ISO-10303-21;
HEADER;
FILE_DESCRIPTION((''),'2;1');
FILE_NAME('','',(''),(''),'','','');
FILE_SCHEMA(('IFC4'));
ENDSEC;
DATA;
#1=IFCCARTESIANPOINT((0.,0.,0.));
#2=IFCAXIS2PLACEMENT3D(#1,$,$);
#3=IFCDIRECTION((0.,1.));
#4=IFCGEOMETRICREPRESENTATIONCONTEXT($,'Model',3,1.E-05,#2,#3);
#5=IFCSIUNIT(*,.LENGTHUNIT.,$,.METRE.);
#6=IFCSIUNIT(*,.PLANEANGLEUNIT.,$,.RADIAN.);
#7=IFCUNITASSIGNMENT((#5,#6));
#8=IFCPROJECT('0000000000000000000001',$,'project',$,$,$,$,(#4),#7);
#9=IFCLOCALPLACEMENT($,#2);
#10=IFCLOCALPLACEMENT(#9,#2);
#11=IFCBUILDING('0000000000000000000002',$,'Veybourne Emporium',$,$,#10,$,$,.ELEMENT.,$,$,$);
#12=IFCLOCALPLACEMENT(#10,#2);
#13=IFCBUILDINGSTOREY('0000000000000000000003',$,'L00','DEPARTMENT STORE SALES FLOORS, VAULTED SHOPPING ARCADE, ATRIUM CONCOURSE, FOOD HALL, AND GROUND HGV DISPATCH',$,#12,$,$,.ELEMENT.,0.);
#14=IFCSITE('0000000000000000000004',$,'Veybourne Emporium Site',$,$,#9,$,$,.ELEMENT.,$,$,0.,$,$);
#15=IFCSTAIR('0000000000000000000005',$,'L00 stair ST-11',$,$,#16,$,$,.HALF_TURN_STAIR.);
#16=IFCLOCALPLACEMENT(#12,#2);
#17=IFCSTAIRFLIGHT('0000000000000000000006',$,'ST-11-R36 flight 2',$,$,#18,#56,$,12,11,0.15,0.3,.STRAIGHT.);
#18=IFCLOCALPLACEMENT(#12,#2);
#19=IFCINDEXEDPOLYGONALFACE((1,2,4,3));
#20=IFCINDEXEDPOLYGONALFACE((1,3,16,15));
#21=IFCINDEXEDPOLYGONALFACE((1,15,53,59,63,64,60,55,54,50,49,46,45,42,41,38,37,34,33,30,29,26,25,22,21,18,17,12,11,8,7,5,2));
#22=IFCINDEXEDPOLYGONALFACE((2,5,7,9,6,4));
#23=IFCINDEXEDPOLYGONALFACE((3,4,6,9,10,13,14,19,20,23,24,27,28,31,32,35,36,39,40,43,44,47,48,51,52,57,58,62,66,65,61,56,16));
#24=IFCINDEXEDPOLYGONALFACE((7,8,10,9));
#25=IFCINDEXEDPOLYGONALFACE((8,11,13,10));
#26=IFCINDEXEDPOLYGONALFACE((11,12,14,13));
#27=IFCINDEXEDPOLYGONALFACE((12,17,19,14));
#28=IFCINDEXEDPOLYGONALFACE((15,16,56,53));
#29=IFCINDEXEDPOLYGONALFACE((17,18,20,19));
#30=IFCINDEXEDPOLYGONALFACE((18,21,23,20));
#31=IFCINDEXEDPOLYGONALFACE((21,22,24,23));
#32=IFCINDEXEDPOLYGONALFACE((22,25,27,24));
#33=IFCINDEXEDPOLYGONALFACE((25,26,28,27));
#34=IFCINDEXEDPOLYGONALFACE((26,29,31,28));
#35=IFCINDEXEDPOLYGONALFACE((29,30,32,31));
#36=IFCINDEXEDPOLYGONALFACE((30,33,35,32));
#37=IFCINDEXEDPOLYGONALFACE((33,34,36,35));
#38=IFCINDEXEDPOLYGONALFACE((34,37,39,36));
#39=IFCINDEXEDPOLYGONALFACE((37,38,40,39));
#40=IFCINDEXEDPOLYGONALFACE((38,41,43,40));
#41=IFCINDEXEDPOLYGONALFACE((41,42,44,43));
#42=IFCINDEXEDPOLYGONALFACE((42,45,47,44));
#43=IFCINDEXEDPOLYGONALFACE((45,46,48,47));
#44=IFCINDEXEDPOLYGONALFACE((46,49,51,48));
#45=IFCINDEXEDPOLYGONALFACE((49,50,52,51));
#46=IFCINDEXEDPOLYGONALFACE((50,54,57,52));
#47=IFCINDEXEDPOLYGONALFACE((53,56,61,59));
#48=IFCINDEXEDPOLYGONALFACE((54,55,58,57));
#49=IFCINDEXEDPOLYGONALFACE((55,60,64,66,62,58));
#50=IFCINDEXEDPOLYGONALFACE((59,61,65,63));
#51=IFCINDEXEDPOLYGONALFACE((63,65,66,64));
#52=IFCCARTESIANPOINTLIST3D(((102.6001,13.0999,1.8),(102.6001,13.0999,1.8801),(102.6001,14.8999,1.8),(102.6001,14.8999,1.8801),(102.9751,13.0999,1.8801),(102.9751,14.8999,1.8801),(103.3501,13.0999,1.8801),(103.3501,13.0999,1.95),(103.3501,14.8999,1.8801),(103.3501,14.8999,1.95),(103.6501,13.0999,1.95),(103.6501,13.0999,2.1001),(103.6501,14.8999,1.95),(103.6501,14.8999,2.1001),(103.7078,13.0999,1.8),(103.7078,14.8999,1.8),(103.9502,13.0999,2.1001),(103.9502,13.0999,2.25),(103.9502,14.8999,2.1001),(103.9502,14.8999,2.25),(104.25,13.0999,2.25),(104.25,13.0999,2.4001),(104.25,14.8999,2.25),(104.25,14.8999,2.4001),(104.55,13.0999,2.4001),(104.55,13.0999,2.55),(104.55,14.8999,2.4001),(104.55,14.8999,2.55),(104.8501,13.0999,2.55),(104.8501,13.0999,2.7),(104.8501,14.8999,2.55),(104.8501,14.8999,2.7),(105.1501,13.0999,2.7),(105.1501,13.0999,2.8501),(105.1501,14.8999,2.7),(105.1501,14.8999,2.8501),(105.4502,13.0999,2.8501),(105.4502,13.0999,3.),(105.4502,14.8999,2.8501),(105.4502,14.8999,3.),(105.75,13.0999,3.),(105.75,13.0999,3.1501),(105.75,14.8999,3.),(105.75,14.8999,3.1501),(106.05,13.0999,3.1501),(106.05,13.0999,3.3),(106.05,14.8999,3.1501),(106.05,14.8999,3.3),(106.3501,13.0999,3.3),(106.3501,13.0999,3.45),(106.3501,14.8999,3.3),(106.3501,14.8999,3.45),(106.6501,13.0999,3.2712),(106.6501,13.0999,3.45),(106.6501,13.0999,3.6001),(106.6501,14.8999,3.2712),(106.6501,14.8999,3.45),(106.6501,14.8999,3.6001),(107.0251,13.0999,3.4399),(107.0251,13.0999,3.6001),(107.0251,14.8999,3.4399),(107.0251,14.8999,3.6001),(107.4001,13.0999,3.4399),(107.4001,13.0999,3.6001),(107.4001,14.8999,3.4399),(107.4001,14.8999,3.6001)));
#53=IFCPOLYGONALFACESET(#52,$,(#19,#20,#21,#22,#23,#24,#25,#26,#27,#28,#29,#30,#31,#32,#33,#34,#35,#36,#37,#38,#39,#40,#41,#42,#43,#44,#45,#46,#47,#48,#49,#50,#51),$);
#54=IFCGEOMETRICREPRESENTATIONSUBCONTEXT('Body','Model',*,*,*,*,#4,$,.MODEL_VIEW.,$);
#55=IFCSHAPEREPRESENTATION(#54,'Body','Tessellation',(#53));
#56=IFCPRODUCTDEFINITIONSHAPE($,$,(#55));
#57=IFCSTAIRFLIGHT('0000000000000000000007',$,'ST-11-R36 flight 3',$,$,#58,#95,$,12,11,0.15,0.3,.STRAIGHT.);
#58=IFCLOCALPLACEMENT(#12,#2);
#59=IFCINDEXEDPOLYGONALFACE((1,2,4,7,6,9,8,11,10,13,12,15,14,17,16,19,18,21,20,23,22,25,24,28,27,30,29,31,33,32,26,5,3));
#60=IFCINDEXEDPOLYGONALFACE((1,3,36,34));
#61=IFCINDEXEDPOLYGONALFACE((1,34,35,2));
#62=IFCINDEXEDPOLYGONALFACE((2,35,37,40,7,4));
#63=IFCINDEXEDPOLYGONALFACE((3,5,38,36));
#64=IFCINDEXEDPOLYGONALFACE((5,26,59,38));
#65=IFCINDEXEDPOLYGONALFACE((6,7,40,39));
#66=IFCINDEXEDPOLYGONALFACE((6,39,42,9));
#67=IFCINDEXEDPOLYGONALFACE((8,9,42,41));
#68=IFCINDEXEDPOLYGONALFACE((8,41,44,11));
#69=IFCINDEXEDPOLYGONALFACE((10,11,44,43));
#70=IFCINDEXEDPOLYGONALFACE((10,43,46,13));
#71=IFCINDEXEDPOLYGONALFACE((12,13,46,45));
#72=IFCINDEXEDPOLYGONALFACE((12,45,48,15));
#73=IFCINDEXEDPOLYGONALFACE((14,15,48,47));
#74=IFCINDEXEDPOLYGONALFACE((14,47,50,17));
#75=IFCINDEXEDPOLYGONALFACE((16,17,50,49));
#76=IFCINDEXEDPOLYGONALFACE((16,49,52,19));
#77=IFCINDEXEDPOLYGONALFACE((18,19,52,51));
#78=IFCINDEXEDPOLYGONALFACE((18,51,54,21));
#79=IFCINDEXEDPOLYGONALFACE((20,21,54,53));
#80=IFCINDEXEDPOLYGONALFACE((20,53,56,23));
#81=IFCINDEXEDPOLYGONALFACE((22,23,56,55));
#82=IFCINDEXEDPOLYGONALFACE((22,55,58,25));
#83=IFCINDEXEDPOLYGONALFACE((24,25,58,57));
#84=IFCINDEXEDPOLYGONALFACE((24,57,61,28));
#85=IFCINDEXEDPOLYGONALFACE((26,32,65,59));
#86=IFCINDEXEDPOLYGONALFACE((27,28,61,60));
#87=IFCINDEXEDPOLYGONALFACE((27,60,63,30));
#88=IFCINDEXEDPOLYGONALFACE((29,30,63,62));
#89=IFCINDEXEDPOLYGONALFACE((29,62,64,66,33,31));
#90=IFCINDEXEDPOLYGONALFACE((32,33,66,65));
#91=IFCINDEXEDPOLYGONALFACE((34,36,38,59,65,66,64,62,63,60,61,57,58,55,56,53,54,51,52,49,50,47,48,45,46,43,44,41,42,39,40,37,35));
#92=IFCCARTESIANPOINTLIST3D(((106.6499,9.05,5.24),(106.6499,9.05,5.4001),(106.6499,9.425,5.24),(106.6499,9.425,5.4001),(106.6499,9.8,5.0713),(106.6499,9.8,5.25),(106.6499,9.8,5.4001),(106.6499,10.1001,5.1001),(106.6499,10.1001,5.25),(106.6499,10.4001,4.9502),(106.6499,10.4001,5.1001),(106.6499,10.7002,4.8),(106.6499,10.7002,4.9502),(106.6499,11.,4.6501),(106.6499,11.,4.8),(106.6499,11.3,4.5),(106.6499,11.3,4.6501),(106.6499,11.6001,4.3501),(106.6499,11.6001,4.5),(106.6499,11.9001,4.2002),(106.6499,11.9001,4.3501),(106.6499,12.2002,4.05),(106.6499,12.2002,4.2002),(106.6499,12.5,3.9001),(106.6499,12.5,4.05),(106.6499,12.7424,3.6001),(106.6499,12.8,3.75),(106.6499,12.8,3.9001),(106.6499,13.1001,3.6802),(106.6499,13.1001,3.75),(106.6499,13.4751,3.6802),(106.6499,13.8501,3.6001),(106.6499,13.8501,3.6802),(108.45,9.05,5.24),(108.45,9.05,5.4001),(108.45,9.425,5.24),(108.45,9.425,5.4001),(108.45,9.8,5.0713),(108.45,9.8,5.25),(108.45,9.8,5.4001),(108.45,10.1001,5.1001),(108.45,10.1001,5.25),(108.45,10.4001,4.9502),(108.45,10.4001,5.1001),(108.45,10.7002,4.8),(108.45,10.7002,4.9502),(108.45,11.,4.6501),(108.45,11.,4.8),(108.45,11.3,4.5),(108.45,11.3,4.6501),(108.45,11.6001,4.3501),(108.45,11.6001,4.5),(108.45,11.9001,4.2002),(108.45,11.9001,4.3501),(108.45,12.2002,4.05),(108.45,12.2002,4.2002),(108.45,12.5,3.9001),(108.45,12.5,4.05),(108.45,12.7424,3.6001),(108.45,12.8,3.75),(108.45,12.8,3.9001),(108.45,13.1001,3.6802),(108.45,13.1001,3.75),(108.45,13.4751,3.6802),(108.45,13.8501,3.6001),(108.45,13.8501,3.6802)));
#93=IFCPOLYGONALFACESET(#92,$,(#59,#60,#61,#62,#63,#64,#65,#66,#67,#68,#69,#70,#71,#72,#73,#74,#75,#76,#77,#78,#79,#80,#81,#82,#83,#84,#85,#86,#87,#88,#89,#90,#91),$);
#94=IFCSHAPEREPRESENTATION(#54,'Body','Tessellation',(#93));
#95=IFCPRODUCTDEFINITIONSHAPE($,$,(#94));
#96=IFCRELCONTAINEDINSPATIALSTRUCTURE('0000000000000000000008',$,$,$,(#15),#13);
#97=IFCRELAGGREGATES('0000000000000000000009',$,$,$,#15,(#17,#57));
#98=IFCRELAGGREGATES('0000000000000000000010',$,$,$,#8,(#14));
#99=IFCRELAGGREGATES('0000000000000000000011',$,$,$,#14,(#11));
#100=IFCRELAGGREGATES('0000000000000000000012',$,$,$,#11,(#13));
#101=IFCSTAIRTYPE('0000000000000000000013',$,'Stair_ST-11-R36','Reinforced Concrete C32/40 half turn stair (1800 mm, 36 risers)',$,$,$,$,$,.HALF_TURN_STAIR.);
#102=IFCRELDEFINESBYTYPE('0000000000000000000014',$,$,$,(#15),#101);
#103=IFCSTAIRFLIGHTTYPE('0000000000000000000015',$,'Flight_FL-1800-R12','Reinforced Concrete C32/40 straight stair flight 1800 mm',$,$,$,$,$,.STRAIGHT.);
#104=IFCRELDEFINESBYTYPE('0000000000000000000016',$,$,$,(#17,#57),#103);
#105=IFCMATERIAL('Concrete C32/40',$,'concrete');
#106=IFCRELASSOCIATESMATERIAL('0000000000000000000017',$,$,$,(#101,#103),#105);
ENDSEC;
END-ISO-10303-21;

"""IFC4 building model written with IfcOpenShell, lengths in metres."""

from ifc_helpers import new_model, si_unit, direction, frame, origin, place, context, subcontext, project, spatial, polyline, outline, extrude, material, type_object, element, aggregate, save


model = new_model("IFC4")

# Units and contexts
model_context = context("Model", 3, precision=1e-05, world=origin(), true_north=direction((0.0, 1.0)))
body_context = subcontext(model_context, "Body", "Model", "MODEL_VIEW")
ifc_project = project(units=[si_unit("LENGTHUNIT", "METRE"), si_unit("PLANEANGLEUNIT", "RADIAN")], contexts=[model_context])

# Site, building, storey
site_placement = place(None, origin())
site = spatial("IfcSite", under=ifc_project, at=site_placement, Name="Veybourne Emporium Site", CompositionType="ELEMENT", RefElevation=0.0)
building_placement = place(site_placement, origin())
building = spatial("IfcBuilding", under=site, at=building_placement, Name="Veybourne Emporium", CompositionType="ELEMENT")
storey_placement = place(building_placement, origin())
storey = spatial("IfcBuildingStorey", under=building, at=storey_placement, Name="L00", Description="DEPARTMENT STORE SALES FLOORS, VAULTED SHOPPING ARCADE, ATRIUM CONCOURSE, FOOD HALL, AND GROUND HGV DISPATCH", CompositionType="ELEMENT", Elevation=0.0)

# Shared definitions
ifc_material_1 = material(Name="Concrete C32/40", Category="concrete")

# Stair, stair flights
stair_type = type_object("IfcStairType", Name="Stair_ST-11-R36", Description="Reinforced Concrete C32/40 half turn stair (1800 mm, 36 risers)", PredefinedType="HALF_TURN_STAIR", material=ifc_material_1)
stair_placement = place(storey_placement, origin())
stair = element("IfcStair", 1, at=stair_placement, inside=storey, type_object=stair_type, Name="L00 stair ST-11", PredefinedType="HALF_TURN_STAIR")
stair_flight_type = type_object("IfcStairFlightType", Name="Flight_FL-1800-R12", Description="Reinforced Concrete C32/40 straight stair flight 1800 mm", PredefinedType="STRAIGHT", material=ifc_material_1)
stair_flight_1_placement = place(storey_placement, frame((103.3501, 14.0, 1.8), z_axis=(0.0, 0.0, 1.0), x_axis=(1.0, 0.0, 0.0)))
stair_flight_1 = element("IfcStairFlight", 2, at=stair_flight_1_placement, type_object=stair_flight_type, Name="ST-11-R36 flight 2", NumberOfRisers=12, NumberOfTreads=11, PredefinedType="STRAIGHT", RiserHeight=0.15, TreadLength=0.3, context=body_context, shape_type="SweptSolid", body=[
    extrude(outline(polyline([(-0.75, 0.0), (-0.75, 0.0801), (-0.375, 0.0801), (0.0, 0.0801), (0.0, 0.1499), (0.3, 0.1499), (0.3, 0.3), (0.6001, 0.3), (0.6001, 0.45), (0.8999, 0.45), (0.8999, 0.6001), (1.2, 0.6001), (1.2, 0.75), (1.5, 0.75), (1.5, 0.8999), (1.8, 0.8999), (1.8, 1.05), (2.1001, 1.05), (2.1001, 1.2), (2.3999, 1.2), (2.3999, 1.3501), (2.7, 1.3501), (2.7, 1.5), (3.0, 1.5), (3.0, 1.6499), (3.3, 1.6499), (3.3, 1.8), (3.675, 1.8), (4.05, 1.8), (4.05, 1.6399), (3.675, 1.6399), (3.3, 1.4712), (0.3577, 0.0), (-0.75, 0.0)])), frame((0.0, 0.8999, 0.0), z_axis=(0.0, -1.0, 0.0), x_axis=(1.0, 0.0, 0.0)), (0.0, 0.0, 1.0), 1.8),
])
stair_flight_2_placement = place(storey_placement, frame((107.55, 13.1001, 3.6001), z_axis=(0.0, 0.0, 1.0), x_axis=(0.0, -1.0, 0.0)))
stair_flight_2 = element("IfcStairFlight", 3, at=stair_flight_2_placement, type_object=stair_flight_type, Name="ST-11-R36 flight 3", NumberOfRisers=12, NumberOfTreads=11, PredefinedType="STRAIGHT", RiserHeight=0.15, TreadLength=0.3, context=body_context, shape_type="SweptSolid", body=[
    extrude(outline(polyline([(-0.75, 0.0), (-0.75, 0.0801), (-0.375, 0.0801), (0.0, 0.0801), (0.0, 0.1499), (0.3, 0.1499), (0.3, 0.3), (0.6001, 0.3), (0.6001, 0.45), (0.8999, 0.45), (0.8999, 0.6001), (1.2, 0.6001), (1.2, 0.75), (1.5, 0.75), (1.5, 0.8999), (1.8, 0.8999), (1.8, 1.05), (2.1001, 1.05), (2.1001, 1.2), (2.3999, 1.2), (2.3999, 1.3501), (2.7, 1.3501), (2.7, 1.5), (3.0, 1.5), (3.0, 1.6499), (3.3, 1.6499), (3.3, 1.8), (3.675, 1.8), (4.05, 1.8), (4.05, 1.6399), (3.675, 1.6399), (3.3, 1.4712), (0.3577, 0.0), (-0.75, 0.0)])), frame((0.0, 0.8999, 0.0), z_axis=(0.0, -1.0, 0.0), x_axis=(1.0, 0.0, 0.0)), (0.0, 0.0, 1.0), 1.8),
])
aggregate(stair, [stair_flight_1, stair_flight_2])

save(model, "model.ifc")
